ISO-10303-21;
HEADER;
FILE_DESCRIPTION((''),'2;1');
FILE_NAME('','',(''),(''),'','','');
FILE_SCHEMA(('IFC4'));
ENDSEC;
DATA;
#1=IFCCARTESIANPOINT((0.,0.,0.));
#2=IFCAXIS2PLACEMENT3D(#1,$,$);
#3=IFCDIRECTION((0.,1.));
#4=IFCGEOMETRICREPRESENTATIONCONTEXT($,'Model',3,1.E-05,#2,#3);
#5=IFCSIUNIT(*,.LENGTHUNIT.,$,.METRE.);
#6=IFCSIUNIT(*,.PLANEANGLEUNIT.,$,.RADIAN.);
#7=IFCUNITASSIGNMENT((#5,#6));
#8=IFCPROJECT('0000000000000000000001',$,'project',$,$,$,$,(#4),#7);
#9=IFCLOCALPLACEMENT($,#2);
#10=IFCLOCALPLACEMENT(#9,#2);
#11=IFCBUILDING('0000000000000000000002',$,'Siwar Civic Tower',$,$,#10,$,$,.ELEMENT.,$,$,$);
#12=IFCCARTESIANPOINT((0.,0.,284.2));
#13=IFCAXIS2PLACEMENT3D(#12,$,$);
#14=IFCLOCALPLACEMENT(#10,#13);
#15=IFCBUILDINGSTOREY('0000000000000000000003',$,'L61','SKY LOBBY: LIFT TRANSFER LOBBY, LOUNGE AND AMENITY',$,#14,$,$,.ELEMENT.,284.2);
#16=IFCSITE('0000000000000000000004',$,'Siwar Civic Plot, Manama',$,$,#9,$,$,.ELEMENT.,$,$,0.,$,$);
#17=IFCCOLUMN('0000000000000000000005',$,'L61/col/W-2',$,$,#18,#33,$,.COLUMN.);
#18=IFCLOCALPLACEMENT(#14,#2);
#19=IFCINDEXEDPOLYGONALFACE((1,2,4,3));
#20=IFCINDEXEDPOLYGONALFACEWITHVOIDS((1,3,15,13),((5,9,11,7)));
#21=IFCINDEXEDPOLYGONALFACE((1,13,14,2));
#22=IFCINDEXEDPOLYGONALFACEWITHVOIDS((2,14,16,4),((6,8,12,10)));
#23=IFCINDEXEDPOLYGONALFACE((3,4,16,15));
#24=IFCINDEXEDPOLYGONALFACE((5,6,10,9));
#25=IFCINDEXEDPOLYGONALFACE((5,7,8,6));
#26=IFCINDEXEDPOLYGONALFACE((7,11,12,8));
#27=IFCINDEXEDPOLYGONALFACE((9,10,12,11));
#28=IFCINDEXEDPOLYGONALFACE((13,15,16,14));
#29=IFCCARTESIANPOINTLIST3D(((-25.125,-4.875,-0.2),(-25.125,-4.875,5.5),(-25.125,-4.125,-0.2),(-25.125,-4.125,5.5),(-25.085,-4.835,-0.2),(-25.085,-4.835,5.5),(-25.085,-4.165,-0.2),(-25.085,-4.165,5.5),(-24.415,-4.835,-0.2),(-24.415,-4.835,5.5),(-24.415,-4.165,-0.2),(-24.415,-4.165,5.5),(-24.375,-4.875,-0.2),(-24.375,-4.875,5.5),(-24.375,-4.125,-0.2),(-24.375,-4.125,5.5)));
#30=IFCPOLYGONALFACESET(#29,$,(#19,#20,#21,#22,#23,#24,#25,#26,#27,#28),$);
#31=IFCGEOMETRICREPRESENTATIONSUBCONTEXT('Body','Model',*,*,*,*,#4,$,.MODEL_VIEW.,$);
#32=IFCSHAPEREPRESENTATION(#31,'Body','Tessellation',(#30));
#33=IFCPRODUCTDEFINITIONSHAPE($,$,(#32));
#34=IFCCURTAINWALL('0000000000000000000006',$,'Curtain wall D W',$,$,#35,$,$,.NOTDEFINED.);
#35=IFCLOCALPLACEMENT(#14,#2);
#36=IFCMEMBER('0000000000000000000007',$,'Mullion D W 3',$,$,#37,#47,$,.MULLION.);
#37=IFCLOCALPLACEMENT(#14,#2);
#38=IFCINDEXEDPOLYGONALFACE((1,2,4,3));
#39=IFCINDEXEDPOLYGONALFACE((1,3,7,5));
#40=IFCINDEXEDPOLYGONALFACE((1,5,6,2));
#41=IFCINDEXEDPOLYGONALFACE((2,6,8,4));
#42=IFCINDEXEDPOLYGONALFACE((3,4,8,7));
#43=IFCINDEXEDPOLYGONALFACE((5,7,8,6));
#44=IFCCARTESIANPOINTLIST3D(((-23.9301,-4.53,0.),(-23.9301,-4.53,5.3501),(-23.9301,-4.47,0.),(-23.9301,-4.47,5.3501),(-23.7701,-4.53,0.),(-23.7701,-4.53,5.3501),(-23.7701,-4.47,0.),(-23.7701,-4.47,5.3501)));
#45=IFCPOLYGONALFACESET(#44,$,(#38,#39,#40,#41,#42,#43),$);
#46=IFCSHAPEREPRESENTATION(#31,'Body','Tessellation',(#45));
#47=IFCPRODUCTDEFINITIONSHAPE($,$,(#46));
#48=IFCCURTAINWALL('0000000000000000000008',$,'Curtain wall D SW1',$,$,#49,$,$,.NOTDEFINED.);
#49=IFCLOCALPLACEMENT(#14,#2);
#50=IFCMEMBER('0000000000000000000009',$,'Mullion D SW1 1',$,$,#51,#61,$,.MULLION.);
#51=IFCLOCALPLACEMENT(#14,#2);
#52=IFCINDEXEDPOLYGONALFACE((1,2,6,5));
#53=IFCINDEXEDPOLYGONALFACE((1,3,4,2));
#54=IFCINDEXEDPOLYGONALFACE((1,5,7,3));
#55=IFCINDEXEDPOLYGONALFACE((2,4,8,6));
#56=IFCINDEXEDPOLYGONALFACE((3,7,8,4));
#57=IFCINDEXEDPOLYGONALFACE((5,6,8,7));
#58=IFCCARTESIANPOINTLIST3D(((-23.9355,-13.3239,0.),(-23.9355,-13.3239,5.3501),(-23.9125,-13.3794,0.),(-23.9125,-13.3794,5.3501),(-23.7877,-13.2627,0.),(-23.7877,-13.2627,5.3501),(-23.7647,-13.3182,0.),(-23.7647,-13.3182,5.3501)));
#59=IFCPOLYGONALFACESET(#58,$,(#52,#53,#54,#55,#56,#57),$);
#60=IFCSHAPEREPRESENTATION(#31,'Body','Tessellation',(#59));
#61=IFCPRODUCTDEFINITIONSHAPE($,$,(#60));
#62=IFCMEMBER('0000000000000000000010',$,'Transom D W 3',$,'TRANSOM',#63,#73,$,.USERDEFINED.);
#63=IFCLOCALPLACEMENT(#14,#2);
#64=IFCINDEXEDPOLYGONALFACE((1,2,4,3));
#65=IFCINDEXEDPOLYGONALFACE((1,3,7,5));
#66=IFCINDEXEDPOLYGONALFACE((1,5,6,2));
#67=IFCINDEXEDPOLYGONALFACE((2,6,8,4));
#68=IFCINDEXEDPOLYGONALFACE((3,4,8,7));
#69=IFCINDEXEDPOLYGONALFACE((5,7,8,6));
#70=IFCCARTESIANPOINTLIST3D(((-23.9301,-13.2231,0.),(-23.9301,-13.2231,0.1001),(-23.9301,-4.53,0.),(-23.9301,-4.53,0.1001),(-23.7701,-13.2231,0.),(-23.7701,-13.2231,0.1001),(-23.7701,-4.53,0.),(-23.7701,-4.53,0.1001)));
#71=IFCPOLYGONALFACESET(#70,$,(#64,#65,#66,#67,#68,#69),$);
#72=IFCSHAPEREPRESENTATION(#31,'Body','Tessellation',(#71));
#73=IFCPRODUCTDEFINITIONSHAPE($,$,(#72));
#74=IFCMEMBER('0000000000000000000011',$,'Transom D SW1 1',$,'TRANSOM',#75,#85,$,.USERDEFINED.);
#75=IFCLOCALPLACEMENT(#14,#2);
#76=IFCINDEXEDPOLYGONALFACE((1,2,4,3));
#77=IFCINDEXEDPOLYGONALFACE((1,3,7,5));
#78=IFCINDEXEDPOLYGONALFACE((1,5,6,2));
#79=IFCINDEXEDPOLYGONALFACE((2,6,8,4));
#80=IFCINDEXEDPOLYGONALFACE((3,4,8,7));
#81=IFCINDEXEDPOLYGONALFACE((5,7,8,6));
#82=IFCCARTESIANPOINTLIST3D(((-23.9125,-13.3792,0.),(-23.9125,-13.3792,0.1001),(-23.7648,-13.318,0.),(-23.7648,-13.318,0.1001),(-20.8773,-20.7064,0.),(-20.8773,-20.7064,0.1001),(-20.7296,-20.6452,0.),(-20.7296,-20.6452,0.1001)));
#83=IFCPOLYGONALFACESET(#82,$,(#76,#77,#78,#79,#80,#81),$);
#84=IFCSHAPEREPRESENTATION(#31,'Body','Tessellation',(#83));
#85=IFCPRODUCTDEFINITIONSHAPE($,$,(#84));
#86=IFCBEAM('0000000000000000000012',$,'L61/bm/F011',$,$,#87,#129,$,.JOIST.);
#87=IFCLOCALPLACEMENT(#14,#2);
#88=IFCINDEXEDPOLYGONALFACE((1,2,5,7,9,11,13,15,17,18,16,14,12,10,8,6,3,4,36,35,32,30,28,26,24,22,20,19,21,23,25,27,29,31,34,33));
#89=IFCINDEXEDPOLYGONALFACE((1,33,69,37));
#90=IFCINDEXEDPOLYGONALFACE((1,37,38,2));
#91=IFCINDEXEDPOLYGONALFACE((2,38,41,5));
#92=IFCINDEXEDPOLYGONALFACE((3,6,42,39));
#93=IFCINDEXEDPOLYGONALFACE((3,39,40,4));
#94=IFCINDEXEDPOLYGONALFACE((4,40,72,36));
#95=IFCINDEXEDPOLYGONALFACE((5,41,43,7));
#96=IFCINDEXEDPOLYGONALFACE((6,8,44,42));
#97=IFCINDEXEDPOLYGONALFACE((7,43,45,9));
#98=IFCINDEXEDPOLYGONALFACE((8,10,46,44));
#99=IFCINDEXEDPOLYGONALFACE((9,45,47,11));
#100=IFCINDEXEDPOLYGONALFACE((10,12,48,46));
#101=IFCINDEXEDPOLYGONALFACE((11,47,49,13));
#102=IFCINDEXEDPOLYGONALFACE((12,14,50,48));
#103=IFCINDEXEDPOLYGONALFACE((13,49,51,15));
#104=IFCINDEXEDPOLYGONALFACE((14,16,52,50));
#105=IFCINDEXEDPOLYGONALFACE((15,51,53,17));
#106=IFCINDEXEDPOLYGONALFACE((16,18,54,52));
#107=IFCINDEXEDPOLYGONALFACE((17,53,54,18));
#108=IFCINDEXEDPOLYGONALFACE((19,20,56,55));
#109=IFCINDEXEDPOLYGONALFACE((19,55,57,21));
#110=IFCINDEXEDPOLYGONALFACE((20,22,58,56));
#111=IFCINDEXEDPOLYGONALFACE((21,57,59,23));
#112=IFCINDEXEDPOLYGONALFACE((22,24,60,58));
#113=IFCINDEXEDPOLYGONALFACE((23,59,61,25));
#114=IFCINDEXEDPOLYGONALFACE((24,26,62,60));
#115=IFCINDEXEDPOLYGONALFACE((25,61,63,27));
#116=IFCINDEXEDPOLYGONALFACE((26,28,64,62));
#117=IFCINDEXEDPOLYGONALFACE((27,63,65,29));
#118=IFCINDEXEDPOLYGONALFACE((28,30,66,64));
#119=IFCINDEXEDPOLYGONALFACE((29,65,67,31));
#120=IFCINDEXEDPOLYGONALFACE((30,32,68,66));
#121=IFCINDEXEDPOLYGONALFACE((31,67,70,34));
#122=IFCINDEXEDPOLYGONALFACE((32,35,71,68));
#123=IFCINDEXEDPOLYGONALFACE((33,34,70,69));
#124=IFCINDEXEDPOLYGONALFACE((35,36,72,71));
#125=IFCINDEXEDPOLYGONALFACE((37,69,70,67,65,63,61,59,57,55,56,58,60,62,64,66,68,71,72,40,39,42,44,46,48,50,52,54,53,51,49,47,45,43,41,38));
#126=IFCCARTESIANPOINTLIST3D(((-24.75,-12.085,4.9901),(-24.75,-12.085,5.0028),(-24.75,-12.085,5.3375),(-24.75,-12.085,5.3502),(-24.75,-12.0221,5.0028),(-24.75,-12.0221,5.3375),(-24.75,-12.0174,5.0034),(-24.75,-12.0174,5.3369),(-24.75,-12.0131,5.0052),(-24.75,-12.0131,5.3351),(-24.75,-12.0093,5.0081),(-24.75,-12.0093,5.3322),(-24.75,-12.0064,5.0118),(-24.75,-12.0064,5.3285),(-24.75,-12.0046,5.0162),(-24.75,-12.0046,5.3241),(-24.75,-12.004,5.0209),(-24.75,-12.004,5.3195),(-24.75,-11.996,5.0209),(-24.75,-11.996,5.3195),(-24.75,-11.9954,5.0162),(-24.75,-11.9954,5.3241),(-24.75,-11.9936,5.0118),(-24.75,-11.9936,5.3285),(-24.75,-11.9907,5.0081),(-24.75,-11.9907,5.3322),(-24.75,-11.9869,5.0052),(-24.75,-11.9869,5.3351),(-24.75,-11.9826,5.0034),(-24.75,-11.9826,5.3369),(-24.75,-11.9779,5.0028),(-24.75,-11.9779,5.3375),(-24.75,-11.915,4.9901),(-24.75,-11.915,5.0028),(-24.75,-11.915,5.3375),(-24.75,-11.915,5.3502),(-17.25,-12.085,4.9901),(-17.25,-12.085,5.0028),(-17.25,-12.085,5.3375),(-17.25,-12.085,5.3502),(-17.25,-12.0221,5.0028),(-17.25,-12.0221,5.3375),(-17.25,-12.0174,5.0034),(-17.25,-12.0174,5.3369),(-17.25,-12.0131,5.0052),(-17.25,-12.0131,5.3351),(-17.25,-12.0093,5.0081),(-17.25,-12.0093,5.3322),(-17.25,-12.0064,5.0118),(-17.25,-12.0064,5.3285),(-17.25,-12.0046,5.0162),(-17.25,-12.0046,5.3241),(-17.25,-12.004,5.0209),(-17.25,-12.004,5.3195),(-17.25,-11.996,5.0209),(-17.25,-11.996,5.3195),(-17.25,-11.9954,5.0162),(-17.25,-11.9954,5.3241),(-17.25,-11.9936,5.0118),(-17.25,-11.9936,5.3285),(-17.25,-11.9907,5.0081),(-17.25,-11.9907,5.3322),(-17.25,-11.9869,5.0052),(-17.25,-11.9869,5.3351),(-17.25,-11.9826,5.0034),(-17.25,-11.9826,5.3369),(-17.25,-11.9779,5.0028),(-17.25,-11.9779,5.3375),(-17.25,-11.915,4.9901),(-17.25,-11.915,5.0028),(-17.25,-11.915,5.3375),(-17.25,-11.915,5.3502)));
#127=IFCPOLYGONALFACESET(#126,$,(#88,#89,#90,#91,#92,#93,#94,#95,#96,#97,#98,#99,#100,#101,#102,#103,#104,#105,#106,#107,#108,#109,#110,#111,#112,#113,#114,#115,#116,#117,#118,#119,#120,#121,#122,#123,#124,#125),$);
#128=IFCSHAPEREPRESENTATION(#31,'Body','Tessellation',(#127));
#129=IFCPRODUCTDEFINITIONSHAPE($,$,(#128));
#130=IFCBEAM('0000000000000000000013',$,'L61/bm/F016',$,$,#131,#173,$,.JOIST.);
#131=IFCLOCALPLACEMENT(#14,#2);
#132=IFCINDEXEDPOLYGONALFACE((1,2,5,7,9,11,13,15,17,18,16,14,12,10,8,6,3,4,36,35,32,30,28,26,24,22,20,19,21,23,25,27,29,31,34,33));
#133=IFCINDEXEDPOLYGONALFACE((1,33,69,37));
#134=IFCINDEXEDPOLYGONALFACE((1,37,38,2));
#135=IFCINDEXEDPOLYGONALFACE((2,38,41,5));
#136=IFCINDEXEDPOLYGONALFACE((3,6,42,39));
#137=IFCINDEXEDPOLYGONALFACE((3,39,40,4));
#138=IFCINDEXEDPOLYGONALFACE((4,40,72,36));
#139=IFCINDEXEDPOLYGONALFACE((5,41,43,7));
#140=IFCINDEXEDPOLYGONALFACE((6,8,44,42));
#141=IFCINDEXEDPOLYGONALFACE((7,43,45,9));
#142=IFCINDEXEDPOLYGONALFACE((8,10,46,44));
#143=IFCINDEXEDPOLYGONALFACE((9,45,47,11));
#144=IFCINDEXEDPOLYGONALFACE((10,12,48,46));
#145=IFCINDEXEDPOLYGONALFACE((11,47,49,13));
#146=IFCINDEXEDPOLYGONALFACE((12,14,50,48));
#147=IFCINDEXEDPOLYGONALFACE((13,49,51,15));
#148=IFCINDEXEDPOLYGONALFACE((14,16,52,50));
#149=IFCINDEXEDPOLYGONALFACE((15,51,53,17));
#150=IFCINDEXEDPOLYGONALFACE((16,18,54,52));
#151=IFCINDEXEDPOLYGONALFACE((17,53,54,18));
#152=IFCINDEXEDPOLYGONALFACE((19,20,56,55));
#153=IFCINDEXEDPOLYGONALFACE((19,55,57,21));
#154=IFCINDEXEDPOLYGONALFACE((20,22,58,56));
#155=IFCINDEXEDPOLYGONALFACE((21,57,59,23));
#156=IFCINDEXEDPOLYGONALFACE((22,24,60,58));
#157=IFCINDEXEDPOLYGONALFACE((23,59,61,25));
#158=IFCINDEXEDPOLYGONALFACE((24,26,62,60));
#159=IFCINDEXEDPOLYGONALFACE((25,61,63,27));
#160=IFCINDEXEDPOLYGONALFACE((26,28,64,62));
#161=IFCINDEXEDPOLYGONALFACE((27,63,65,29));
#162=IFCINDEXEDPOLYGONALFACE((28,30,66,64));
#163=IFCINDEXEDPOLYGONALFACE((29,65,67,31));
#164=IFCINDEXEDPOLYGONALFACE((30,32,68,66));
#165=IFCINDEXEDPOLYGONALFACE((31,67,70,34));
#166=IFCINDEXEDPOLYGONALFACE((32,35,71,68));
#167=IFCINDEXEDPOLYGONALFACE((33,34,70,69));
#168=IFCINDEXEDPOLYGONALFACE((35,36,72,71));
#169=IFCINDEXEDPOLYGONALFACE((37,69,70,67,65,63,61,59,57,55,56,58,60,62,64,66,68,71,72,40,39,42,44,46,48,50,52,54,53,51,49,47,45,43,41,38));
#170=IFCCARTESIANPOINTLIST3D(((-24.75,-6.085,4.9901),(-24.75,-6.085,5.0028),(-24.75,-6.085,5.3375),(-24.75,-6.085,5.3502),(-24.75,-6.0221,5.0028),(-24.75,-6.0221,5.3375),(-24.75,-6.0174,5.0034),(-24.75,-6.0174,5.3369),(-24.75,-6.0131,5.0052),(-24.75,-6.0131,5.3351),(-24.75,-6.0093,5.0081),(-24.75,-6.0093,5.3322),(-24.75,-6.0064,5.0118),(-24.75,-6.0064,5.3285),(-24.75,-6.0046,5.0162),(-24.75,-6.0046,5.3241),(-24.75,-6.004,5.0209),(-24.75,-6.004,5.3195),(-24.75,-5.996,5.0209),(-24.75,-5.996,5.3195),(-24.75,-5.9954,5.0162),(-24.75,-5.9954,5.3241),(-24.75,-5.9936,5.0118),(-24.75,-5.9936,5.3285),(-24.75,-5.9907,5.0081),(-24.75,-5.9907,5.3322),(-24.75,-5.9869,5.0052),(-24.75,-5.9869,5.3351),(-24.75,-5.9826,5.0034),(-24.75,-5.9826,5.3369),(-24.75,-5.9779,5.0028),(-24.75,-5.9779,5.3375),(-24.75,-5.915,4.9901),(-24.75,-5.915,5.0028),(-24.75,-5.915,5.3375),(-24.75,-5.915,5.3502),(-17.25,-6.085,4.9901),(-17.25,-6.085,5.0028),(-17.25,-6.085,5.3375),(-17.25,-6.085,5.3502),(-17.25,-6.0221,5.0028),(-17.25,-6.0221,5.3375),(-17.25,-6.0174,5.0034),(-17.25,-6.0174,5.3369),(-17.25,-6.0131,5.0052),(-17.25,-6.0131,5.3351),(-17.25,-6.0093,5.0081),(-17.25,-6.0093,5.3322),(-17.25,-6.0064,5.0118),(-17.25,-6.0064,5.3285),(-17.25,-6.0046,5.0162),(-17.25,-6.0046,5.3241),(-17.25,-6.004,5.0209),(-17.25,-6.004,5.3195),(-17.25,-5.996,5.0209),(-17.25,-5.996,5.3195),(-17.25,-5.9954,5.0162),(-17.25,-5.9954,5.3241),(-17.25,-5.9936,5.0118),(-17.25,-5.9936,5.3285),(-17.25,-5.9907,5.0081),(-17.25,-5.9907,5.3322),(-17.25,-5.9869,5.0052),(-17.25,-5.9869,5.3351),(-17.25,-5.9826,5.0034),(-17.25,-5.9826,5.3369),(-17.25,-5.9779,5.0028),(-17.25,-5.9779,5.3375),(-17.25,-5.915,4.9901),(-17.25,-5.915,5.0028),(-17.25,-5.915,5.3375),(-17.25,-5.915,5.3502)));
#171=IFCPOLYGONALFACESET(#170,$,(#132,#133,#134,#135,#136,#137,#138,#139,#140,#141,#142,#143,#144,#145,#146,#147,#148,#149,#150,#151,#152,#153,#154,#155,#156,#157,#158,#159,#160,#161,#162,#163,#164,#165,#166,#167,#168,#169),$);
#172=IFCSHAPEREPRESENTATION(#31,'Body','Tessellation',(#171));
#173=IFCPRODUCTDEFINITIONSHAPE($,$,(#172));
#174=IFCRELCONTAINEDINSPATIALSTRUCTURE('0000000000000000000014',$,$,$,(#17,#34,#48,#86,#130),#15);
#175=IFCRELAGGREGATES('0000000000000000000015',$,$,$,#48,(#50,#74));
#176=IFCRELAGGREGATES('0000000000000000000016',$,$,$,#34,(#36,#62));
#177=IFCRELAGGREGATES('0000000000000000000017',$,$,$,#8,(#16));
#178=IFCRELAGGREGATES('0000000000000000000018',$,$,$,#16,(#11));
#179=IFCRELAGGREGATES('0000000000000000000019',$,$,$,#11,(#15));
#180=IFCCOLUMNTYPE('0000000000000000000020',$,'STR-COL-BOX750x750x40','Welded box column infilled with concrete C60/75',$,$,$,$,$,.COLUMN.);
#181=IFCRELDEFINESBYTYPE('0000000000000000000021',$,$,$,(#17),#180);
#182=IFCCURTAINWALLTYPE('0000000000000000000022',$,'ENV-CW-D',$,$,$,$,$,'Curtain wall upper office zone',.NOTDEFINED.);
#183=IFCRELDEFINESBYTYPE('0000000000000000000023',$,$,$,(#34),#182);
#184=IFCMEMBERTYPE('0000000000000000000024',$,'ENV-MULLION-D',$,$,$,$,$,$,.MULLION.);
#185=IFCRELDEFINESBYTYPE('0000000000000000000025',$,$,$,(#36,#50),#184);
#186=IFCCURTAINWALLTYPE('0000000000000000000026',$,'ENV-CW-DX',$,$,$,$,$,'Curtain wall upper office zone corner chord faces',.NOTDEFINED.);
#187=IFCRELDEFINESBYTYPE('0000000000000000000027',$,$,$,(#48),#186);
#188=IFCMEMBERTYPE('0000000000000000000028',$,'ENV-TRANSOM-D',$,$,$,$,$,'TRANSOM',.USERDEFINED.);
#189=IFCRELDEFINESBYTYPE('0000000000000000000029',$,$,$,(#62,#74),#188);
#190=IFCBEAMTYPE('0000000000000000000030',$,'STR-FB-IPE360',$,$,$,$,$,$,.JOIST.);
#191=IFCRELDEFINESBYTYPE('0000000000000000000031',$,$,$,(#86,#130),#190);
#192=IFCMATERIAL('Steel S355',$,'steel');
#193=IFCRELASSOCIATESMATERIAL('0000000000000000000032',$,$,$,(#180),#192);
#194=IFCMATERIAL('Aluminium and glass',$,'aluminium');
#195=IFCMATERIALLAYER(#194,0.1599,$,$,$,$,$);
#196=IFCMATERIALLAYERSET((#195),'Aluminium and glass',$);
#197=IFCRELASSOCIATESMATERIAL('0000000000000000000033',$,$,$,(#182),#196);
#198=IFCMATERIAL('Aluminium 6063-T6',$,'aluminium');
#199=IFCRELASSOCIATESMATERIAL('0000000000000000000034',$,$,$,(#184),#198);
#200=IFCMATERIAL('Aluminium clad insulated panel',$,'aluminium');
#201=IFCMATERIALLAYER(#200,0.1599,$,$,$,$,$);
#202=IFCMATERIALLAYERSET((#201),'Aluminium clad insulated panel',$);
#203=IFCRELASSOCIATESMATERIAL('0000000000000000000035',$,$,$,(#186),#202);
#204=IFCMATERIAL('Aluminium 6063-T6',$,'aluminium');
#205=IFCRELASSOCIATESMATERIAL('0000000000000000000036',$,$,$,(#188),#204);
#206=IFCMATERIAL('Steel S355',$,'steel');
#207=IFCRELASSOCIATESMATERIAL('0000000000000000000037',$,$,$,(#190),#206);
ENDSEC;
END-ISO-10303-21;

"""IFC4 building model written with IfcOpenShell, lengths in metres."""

from ifc_helpers import new_model, si_unit, direction, frame, origin, origin_2d, place, context, subcontext, project, spatial, rectangle, hollow_rectangle, i_section, extrude, material, layer, layer_set, material_profile, profile_set, type_object, element, aggregate, save


model = new_model("IFC4")

# Units and contexts
model_context = context("Model", 3, precision=1e-05, world=origin(), true_north=direction((0.0, 1.0)))
body_context = subcontext(model_context, "Body", "Model", "MODEL_VIEW")
ifc_project = project(units=[si_unit("LENGTHUNIT", "METRE"), si_unit("PLANEANGLEUNIT", "RADIAN")], contexts=[model_context])

# Site, building, storey
site_placement = place(None, origin())
site = spatial("IfcSite", under=ifc_project, at=site_placement, Name="Siwar Civic Plot, Manama", CompositionType="ELEMENT", RefElevation=0.0)
building_placement = place(site_placement, origin())
building = spatial("IfcBuilding", under=site, at=building_placement, Name="Siwar Civic Tower", CompositionType="ELEMENT")
storey_placement = place(building_placement, frame((0.0, 0.0, 284.2)))
storey = spatial("IfcBuildingStorey", under=building, at=storey_placement, Name="L61", Description="SKY LOBBY: LIFT TRANSFER LOBBY, LOUNGE AND AMENITY", CompositionType="ELEMENT", Elevation=284.2)

# Column
ifc_material_1 = material(Name="Steel S355", Category="steel")
ifc_material_profile_1 = material_profile(ifc_material_1, hollow_rectangle(XDim=0.75, YDim=0.75, WallThickness=0.04, at=origin_2d()), Name="BOX750x750x40")
ifc_profile_set_1 = profile_set([ifc_material_profile_1], Name="Steel S355")
column_type = type_object("IfcColumnType", Name="STR-COL-BOX750x750x40", Description="Welded box column infilled with concrete C60/75", PredefinedType="COLUMN", material=ifc_profile_set_1)
column_placement = place(storey_placement, frame((-24.75, -4.5, -0.2), z_axis=(0.0, 0.0, 1.0), x_axis=(1.0, 0.0, 0.0)))
element("IfcColumn", 1, at=column_placement, inside=storey, type_object=column_type, Name="L61/col/W-2", PredefinedType="COLUMN", context=body_context, shape_type="SweptSolid", body=[
    extrude(hollow_rectangle(XDim=0.75, YDim=0.75, WallThickness=0.04, at=origin_2d()), origin(), (0.0, 0.0, 1.0), 5.7),
])

# Curtain walls, members
ifc_material_2 = material(Name="Aluminium and glass", Category="aluminium")
ifc_layer_1 = layer(ifc_material_2, 0.1599)
ifc_layer_set_1 = layer_set([ifc_layer_1], Name="Aluminium and glass")
curtain_wall_type_1 = type_object("IfcCurtainWallType", Name="ENV-CW-D", ElementType="Curtain wall upper office zone", PredefinedType="NOTDEFINED", material=ifc_layer_set_1)
curtain_wall_1_placement = place(storey_placement, origin())
curtain_wall_1 = element("IfcCurtainWall", 2, at=curtain_wall_1_placement, inside=storey, type_object=curtain_wall_type_1, Name="Curtain wall D W", PredefinedType="NOTDEFINED")
ifc_material_3 = material(Name="Aluminium 6063-T6", Category="aluminium")
ifc_material_profile_2 = material_profile(ifc_material_3, rectangle(XDim=0.1599, YDim=0.0601, at=origin_2d()), Name="AL 160x60")
ifc_profile_set_2 = profile_set([ifc_material_profile_2], Name="Aluminium 6063-T6")
member_type_1 = type_object("IfcMemberType", Name="ENV-MULLION-D", PredefinedType="MULLION", material=ifc_profile_set_2)
member_1_placement = place(storey_placement, frame((-23.8501, -4.5, 0.0), z_axis=(0.0, 0.0, 1.0), x_axis=(1.0, 0.0, 0.0)))
member_1 = element("IfcMember", 3, at=member_1_placement, type_object=member_type_1, Name="Mullion D W 3", PredefinedType="MULLION", context=body_context, shape_type="SweptSolid", body=[
    extrude(rectangle(XDim=0.1599, YDim=0.0601, at=origin_2d()), origin(), (0.0, 0.0, 1.0), 5.3501),
])
ifc_material_4 = material(Name="Aluminium clad insulated panel", Category="aluminium")
ifc_layer_2 = layer(ifc_material_4, 0.1599)
ifc_layer_set_2 = layer_set([ifc_layer_2], Name="Aluminium clad insulated panel")
curtain_wall_type_2 = type_object("IfcCurtainWallType", Name="ENV-CW-DX", ElementType="Curtain wall upper office zone corner chord faces", PredefinedType="NOTDEFINED", material=ifc_layer_set_2)
curtain_wall_2_placement = place(storey_placement, origin())
curtain_wall_2 = element("IfcCurtainWall", 4, at=curtain_wall_2_placement, inside=storey, type_object=curtain_wall_type_2, Name="Curtain wall D SW1", PredefinedType="NOTDEFINED")
member_2_placement = place(storey_placement, frame((-23.8501, -13.321, 0.0), z_axis=(0.0, 0.0, 1.0), x_axis=(0.92388, 0.382683, 0.0)))
member_2 = element("IfcMember", 5, at=member_2_placement, type_object=member_type_1, Name="Mullion D SW1 1", PredefinedType="MULLION", context=body_context, shape_type="SweptSolid", body=[
    extrude(rectangle(XDim=0.1599, YDim=0.0601, at=origin_2d()), origin(), (0.0, 0.0, 1.0), 5.3501),
])

# Members
ifc_material_5 = material(Name="Aluminium 6063-T6", Category="aluminium")
ifc_material_profile_3 = material_profile(ifc_material_5, rectangle(XDim=0.1599, YDim=0.1001, at=origin_2d()), Name="AL 160x100")
ifc_profile_set_3 = profile_set([ifc_material_profile_3], Name="Aluminium 6063-T6")
member_type_2 = type_object("IfcMemberType", Name="ENV-TRANSOM-D", ElementType="TRANSOM", PredefinedType="USERDEFINED", material=ifc_profile_set_3)
member_3_placement = place(storey_placement, frame((-23.8501, -4.53, 0.05), z_axis=(0.0, -1.0, 0.0), x_axis=(1.0, 0.0, 0.0)))
member_3 = element("IfcMember", 6, at=member_3_placement, type_object=member_type_2, Name="Transom D W 3", ObjectType="TRANSOM", PredefinedType="USERDEFINED", context=body_context, shape_type="SweptSolid", body=[
    extrude(rectangle(XDim=0.1599, YDim=0.1001, at=origin_2d()), origin(), (0.0, 0.0, 1.0), 8.6931),
])
member_4_placement = place(storey_placement, frame((-23.8386, -13.3486, 0.05), z_axis=(0.3827, -0.923873, 0.0), x_axis=(0.923873, 0.3827, 0.0)))
member_4 = element("IfcMember", 7, at=member_4_placement, type_object=member_type_2, Name="Transom D SW1 1", ObjectType="TRANSOM", PredefinedType="USERDEFINED", context=body_context, shape_type="SweptSolid", body=[
    extrude(rectangle(XDim=0.1599, YDim=0.1001, at=origin_2d()), origin(), (0.0, 0.0, 1.0), 7.9309),
])
aggregate(curtain_wall_2, [member_2, member_4])

# Beams
ifc_material_6 = material(Name="Steel S355", Category="steel")
ifc_material_profile_4 = material_profile(ifc_material_6, i_section(OverallWidth=0.1699, OverallDepth=0.3601, WebThickness=0.0081, FlangeThickness=0.0127, FilletRadius=0.0181, at=origin_2d()), Name="IPE360")
ifc_profile_set_4 = profile_set([ifc_material_profile_4], Name="Steel S355")
beam_type_1 = type_object("IfcBeamType", Name="STR-FB-IPE360", PredefinedType="JOIST", material=ifc_profile_set_4)
for number, where, z_axis, x_axis, name in (
    (8, (-24.75, -12.0, 5.1702), (1.0, 0.0, 0.0), (0.0, 1.0, 0.0), "L61/bm/F011"),
    (9, (-24.75, -6.0, 5.1702), (1.0, 0.0, 0.0), (0.0, 1.0, 0.0), "L61/bm/F016"),
):
    element("IfcBeam", number, at=place(storey_placement, frame(where, z_axis=z_axis, x_axis=x_axis)), inside=storey, type_object=beam_type_1, Name=name, PredefinedType="JOIST", context=body_context, shape_type="SweptSolid", body=[
        extrude(i_section(OverallWidth=0.1699, OverallDepth=0.3601, WebThickness=0.0081, FlangeThickness=0.0127, FilletRadius=0.0181, at=origin_2d()), origin(), (0.0, 0.0, 1.0), 7.5),
    ])

aggregate(curtain_wall_1, [member_1, member_3])

save(model, "model.ifc")
